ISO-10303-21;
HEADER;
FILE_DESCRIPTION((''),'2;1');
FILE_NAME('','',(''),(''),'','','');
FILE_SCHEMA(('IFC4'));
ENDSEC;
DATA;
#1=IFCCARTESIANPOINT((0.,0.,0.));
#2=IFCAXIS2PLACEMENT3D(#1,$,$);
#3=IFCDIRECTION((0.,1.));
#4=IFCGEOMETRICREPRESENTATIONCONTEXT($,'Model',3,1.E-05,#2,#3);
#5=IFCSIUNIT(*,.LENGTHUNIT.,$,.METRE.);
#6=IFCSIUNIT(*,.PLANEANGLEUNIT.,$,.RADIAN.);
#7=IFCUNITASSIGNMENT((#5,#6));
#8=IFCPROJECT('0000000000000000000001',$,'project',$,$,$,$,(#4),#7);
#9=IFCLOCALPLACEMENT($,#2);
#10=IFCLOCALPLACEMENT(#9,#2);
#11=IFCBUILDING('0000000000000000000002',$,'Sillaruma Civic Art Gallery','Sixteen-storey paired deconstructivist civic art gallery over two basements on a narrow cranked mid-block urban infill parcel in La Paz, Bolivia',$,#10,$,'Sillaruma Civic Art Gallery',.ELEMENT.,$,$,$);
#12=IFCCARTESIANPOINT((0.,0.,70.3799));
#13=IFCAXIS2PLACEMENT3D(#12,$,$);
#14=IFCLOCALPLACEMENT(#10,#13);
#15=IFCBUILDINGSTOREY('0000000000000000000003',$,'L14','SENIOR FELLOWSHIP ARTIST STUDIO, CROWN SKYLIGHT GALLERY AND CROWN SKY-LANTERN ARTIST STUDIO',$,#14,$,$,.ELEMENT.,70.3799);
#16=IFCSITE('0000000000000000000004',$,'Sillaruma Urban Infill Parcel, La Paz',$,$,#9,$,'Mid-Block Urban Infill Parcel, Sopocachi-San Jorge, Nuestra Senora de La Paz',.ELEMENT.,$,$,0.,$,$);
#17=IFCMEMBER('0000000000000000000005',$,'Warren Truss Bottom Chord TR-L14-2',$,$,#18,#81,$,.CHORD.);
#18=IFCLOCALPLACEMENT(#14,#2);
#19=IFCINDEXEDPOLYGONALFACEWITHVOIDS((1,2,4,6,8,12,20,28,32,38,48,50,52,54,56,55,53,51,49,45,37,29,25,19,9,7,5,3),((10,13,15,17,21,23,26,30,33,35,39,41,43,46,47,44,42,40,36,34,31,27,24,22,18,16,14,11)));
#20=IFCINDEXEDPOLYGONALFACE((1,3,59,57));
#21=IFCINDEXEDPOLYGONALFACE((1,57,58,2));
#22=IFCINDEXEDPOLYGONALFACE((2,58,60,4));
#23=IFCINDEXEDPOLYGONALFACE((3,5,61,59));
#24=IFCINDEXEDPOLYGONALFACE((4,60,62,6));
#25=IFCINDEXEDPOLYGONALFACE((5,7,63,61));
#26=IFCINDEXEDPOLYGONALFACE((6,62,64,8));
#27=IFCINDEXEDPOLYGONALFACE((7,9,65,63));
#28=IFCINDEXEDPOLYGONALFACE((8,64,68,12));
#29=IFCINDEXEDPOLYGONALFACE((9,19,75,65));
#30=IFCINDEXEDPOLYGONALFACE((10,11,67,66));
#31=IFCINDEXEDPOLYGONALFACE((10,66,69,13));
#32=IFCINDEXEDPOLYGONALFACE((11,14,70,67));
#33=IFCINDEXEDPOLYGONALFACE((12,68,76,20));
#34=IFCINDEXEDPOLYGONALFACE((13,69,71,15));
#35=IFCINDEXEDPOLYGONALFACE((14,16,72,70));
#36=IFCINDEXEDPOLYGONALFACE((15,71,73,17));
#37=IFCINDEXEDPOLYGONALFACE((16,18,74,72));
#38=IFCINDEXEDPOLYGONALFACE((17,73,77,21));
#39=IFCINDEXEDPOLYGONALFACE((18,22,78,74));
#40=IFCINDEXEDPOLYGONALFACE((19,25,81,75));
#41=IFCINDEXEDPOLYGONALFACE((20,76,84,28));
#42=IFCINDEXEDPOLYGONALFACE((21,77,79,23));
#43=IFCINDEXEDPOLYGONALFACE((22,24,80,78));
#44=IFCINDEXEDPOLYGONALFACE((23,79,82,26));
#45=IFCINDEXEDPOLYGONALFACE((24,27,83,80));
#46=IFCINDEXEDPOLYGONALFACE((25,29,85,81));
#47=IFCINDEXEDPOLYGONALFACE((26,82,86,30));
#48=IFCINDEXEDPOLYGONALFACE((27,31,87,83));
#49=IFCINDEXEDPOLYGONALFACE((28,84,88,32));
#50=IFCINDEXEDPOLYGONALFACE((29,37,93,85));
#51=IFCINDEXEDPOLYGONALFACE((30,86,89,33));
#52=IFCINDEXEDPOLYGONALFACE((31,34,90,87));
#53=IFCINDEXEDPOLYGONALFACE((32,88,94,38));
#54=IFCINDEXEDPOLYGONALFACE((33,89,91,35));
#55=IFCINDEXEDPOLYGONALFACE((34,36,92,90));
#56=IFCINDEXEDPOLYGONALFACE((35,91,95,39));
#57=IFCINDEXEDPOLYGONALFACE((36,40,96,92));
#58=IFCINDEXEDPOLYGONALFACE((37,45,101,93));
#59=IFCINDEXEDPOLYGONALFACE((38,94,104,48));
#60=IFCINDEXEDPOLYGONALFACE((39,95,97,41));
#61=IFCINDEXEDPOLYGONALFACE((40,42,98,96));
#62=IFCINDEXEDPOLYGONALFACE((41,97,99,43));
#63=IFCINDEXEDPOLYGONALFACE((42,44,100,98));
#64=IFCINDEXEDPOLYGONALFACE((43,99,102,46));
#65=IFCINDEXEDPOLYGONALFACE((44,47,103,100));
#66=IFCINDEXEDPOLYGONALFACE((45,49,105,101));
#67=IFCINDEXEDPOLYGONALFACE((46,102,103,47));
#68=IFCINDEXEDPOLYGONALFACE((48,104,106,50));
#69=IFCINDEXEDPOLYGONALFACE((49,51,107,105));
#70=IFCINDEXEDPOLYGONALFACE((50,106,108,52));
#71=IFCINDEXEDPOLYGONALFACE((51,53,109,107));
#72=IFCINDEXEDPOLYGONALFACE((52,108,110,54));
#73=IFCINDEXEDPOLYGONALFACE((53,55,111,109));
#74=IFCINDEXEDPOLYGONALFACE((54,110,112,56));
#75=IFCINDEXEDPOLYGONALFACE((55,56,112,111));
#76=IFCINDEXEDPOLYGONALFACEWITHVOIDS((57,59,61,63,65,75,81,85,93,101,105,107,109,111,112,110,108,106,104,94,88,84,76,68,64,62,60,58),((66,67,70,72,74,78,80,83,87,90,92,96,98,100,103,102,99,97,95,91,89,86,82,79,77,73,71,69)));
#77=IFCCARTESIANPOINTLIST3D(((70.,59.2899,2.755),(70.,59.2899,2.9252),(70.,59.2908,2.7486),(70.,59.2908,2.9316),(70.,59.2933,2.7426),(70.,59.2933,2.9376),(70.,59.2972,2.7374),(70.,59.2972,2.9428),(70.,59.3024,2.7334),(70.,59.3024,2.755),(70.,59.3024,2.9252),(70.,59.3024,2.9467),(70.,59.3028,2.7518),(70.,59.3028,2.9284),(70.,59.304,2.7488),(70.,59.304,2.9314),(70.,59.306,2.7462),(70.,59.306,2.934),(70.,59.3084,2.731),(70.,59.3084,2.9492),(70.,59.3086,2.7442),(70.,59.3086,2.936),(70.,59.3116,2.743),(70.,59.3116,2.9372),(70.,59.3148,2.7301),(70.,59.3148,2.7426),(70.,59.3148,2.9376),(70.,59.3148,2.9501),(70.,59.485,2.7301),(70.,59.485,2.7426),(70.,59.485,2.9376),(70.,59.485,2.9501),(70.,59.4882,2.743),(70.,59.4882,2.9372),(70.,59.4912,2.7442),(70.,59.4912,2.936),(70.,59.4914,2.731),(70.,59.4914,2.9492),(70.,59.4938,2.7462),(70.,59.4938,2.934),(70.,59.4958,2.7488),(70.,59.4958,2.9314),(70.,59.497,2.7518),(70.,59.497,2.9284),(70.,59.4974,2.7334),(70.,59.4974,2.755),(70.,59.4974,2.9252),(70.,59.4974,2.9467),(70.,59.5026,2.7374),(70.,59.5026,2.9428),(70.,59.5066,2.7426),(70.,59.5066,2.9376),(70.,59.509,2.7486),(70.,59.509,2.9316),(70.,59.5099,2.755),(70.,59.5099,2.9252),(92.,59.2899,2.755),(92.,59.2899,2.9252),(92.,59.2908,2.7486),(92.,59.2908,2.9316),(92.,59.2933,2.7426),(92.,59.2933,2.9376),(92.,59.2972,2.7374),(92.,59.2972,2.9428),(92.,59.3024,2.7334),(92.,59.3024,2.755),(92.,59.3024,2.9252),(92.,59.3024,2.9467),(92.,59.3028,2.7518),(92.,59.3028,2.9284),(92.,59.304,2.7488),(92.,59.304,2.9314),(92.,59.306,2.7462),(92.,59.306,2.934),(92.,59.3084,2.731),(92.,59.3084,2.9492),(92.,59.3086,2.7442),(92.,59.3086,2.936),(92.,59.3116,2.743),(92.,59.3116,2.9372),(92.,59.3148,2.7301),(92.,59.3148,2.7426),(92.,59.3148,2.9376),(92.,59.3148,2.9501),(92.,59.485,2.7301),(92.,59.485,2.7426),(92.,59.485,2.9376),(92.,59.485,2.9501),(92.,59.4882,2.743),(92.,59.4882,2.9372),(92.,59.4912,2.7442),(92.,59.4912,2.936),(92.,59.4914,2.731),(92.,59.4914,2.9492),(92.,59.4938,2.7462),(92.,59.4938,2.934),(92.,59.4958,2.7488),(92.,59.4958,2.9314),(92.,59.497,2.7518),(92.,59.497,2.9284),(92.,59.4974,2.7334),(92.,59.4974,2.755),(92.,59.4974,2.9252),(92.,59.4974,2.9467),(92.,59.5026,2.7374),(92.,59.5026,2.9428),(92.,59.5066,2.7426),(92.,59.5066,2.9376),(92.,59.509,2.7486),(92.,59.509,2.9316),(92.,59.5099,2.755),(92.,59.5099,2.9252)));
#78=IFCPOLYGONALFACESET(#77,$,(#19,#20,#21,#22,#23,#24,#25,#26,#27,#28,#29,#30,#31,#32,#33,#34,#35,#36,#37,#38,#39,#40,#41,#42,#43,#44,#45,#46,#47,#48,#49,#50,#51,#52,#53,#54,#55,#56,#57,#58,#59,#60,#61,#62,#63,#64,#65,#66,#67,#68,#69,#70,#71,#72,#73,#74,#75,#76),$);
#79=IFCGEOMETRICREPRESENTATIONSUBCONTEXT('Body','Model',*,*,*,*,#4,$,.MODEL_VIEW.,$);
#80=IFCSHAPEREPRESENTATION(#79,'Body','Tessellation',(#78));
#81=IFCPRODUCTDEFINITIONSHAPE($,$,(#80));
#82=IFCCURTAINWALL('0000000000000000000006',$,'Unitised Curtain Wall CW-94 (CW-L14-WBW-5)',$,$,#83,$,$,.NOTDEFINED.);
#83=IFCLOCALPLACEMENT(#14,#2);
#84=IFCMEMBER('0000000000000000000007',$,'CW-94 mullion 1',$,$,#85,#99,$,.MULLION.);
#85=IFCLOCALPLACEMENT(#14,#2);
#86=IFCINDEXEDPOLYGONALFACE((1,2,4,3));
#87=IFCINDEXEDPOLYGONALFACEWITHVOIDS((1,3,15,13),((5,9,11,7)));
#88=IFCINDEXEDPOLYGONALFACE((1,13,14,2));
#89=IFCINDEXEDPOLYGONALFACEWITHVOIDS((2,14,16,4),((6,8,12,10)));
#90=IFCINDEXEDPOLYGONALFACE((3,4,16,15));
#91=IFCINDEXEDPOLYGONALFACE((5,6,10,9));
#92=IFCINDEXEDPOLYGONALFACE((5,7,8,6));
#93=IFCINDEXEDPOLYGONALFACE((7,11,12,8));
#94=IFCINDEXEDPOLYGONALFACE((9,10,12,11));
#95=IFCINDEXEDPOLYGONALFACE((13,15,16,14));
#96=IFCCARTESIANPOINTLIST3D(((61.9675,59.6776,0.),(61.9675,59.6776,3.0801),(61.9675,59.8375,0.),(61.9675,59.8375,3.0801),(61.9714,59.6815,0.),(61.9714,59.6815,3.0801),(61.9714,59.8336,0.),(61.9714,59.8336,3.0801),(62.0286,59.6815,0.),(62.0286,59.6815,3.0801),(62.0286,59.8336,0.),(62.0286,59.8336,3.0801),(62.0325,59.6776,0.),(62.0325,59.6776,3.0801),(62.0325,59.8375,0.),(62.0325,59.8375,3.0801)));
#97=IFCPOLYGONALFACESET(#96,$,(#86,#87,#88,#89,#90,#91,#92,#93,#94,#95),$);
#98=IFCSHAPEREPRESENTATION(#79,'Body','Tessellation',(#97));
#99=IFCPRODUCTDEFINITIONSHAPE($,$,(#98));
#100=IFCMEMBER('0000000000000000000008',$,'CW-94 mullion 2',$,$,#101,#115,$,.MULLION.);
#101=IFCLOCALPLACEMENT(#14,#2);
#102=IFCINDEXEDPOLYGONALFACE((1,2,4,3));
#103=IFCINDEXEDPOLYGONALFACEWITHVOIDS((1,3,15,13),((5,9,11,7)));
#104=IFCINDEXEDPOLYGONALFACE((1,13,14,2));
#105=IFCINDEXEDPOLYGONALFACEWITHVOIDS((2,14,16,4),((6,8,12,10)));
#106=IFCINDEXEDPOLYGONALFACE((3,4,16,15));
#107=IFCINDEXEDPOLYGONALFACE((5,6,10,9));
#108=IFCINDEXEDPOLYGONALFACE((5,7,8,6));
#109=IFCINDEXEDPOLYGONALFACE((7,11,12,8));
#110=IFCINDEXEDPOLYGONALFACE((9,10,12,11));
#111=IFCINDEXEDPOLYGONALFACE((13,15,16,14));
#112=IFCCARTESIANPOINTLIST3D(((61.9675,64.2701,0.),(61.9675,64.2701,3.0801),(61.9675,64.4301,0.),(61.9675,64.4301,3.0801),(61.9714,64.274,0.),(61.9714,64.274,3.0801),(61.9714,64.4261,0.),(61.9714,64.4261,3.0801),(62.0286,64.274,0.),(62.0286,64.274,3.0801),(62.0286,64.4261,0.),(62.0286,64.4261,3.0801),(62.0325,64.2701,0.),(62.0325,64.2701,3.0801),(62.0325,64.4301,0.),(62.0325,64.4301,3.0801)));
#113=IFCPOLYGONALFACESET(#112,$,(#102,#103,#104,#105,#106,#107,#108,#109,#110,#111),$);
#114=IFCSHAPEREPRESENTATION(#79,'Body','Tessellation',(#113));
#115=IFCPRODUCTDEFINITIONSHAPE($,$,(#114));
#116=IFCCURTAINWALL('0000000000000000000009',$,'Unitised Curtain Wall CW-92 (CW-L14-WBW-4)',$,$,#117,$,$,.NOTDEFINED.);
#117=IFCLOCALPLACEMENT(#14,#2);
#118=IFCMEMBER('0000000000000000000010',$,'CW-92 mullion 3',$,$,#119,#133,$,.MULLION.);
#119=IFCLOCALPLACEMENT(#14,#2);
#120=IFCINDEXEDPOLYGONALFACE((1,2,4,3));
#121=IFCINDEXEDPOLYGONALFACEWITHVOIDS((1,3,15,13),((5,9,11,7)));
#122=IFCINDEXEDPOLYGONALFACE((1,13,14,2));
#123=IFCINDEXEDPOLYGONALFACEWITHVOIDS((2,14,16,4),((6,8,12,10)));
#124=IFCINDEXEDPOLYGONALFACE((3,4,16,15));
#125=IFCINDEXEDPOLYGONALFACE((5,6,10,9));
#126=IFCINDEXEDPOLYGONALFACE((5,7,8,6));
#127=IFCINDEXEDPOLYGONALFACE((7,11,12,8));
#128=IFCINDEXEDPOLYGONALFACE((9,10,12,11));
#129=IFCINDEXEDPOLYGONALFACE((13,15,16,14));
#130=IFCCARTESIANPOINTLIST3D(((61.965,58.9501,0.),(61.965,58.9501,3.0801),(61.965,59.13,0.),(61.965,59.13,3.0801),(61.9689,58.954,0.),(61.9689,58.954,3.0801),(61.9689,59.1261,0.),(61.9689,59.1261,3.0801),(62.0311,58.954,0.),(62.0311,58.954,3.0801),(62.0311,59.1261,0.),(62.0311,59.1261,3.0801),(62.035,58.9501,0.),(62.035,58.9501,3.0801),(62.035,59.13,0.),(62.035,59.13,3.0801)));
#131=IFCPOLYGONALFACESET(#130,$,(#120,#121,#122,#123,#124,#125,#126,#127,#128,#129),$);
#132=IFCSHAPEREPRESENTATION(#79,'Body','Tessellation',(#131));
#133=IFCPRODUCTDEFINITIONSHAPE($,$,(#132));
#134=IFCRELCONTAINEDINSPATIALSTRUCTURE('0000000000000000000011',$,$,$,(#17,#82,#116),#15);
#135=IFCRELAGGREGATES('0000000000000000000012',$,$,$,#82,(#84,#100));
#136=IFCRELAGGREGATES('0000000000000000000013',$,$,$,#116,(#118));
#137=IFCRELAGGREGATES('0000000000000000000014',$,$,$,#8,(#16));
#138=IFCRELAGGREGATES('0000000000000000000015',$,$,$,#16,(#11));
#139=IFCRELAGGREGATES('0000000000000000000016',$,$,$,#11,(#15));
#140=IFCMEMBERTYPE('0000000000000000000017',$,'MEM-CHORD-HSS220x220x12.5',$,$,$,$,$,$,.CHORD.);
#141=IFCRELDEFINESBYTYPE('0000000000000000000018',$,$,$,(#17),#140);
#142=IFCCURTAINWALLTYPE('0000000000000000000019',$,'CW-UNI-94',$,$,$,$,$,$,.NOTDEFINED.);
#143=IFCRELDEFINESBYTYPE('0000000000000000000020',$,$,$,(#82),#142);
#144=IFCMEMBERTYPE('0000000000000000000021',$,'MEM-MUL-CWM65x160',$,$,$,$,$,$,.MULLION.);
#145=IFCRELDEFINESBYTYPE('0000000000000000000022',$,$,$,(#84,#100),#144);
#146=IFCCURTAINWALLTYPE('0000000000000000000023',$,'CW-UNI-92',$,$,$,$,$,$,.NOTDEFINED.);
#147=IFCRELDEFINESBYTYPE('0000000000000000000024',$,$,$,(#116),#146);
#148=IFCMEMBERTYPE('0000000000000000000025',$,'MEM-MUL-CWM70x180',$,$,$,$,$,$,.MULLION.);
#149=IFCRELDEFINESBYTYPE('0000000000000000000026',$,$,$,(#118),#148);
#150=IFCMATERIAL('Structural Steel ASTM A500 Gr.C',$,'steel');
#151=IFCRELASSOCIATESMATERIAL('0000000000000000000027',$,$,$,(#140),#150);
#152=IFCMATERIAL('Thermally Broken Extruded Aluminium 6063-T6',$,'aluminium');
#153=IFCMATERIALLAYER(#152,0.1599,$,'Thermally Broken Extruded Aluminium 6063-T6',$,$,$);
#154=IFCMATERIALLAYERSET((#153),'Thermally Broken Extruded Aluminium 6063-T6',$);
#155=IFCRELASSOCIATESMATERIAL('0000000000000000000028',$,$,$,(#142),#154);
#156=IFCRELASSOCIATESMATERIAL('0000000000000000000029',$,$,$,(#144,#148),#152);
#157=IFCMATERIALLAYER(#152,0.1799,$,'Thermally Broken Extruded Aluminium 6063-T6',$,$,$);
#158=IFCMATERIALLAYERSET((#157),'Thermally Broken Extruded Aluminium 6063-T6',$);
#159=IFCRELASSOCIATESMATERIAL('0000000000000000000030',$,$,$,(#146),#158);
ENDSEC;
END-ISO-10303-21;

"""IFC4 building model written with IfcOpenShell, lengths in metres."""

from ifc_helpers import new_model, si_unit, direction, frame, origin, origin_2d, place, context, subcontext, project, spatial, hollow_rectangle, extrude, material, layer, layer_set, material_profile, profile_set, type_object, element, aggregate, save


model = new_model("IFC4")

# Units and contexts
model_context = context("Model", 3, precision=1e-05, world=origin(), true_north=direction((0.0, 1.0)))
body_context = subcontext(model_context, "Body", "Model", "MODEL_VIEW")
ifc_project = project(units=[si_unit("LENGTHUNIT", "METRE"), si_unit("PLANEANGLEUNIT", "RADIAN")], contexts=[model_context])

# Site, building, storey
site_placement = place(None, origin())
site = spatial("IfcSite", under=ifc_project, at=site_placement, Name="Sillaruma Urban Infill Parcel, La Paz", LongName="Mid-Block Urban Infill Parcel, Sopocachi-San Jorge, Nuestra Senora de La Paz", CompositionType="ELEMENT", RefElevation=0.0)
building_placement = place(site_placement, origin())
building = spatial("IfcBuilding", under=site, at=building_placement, Name="Sillaruma Civic Art Gallery", Description="Sixteen-storey paired deconstructivist civic art gallery over two basements on a narrow cranked mid-block urban infill parcel in La Paz, Bolivia", LongName="Sillaruma Civic Art Gallery", CompositionType="ELEMENT")
storey_placement = place(building_placement, frame((0.0, 0.0, 70.3799)))
storey = spatial("IfcBuildingStorey", under=building, at=storey_placement, Name="L14", Description="SENIOR FELLOWSHIP ARTIST STUDIO, CROWN SKYLIGHT GALLERY AND CROWN SKY-LANTERN ARTIST STUDIO", CompositionType="ELEMENT", Elevation=70.3799)

# Member
ifc_material_1 = material(Name="Structural Steel ASTM A500 Gr.C", Category="steel")
ifc_material_profile_1 = material_profile(ifc_material_1, hollow_rectangle(XDim=0.22, YDim=0.22, WallThickness=0.0125, InnerFilletRadius=0.0125, OuterFilletRadius=0.0249, at=origin_2d()), Name="HSS220x220x12.5")
ifc_profile_set_1 = profile_set([ifc_material_profile_1], Name="Structural Steel ASTM A500 Gr.C")
member_type_1 = type_object("IfcMemberType", Name="MEM-CHORD-HSS220x220x12.5", PredefinedType="CHORD", material=ifc_profile_set_1)
member_1_placement = place(storey_placement, frame((70.0, 59.3999, 2.8401), z_axis=(1.0, 0.0, 0.0), x_axis=(0.0, 1.0, 0.0)))
element("IfcMember", 1, at=member_1_placement, inside=storey, type_object=member_type_1, Name="Warren Truss Bottom Chord TR-L14-2", PredefinedType="CHORD", context=body_context, shape_type="SweptSolid", body=[
    extrude(hollow_rectangle(XDim=0.22, YDim=0.22, WallThickness=0.0125, InnerFilletRadius=0.0125, OuterFilletRadius=0.0249, at=origin_2d()), origin(), (0.0, 0.0, 1.0), 22.0),
])

# Curtain wall, members
ifc_material_2 = material(Name="Thermally Broken Extruded Aluminium 6063-T6", Category="aluminium")
ifc_layer_1 = layer(ifc_material_2, 0.1599, Name="Thermally Broken Extruded Aluminium 6063-T6")
ifc_layer_set_1 = layer_set([ifc_layer_1], Name="Thermally Broken Extruded Aluminium 6063-T6")
curtain_wall_type_1 = type_object("IfcCurtainWallType", Name="CW-UNI-94", PredefinedType="NOTDEFINED", material=ifc_layer_set_1)
curtain_wall_1_placement = place(storey_placement, origin())
curtain_wall_1 = element("IfcCurtainWall", 2, at=curtain_wall_1_placement, inside=storey, type_object=curtain_wall_type_1, Name="Unitised Curtain Wall CW-94 (CW-L14-WBW-5)", PredefinedType="NOTDEFINED")
ifc_material_profile_2 = material_profile(ifc_material_2, hollow_rectangle(XDim=0.0649, YDim=0.1599, WallThickness=0.0039, at=origin_2d()), Name="CWM65x160")
ifc_profile_set_2 = profile_set([ifc_material_profile_2], Name="Thermally Broken Extruded Aluminium 6063-T6")
member_type_2 = type_object("IfcMemberType", Name="MEM-MUL-CWM65x160", PredefinedType="MULLION", material=ifc_profile_set_2)
member_2_placement = place(storey_placement, frame((62.0, 59.7576, 0.0), z_axis=(0.0, 0.0, 1.0), x_axis=(-1.0, 0.0, 0.0)))
member_2 = element("IfcMember", 3, at=member_2_placement, type_object=member_type_2, Name="CW-94 mullion 1", PredefinedType="MULLION", context=body_context, shape_type="SweptSolid", body=[
    extrude(hollow_rectangle(XDim=0.0649, YDim=0.1599, WallThickness=0.0039, at=origin_2d()), origin(), (0.0, 0.0, 1.0), 3.0801),
])
member_3_placement = place(storey_placement, frame((62.0, 64.3501, 0.0), z_axis=(0.0, 0.0, 1.0), x_axis=(-1.0, 0.0, 0.0)))
member_3 = element("IfcMember", 4, at=member_3_placement, type_object=member_type_2, Name="CW-94 mullion 2", PredefinedType="MULLION", context=body_context, shape_type="SweptSolid", body=[
    extrude(hollow_rectangle(XDim=0.0649, YDim=0.1599, WallThickness=0.0039, at=origin_2d()), origin(), (0.0, 0.0, 1.0), 3.0801),
])

# Curtain wall, member
ifc_layer_2 = layer(ifc_material_2, 0.1799, Name="Thermally Broken Extruded Aluminium 6063-T6")
ifc_layer_set_2 = layer_set([ifc_layer_2], Name="Thermally Broken Extruded Aluminium 6063-T6")
curtain_wall_type_2 = type_object("IfcCurtainWallType", Name="CW-UNI-92", PredefinedType="NOTDEFINED", material=ifc_layer_set_2)
curtain_wall_2_placement = place(storey_placement, origin())
curtain_wall_2 = element("IfcCurtainWall", 5, at=curtain_wall_2_placement, inside=storey, type_object=curtain_wall_type_2, Name="Unitised Curtain Wall CW-92 (CW-L14-WBW-4)", PredefinedType="NOTDEFINED")
ifc_material_profile_3 = material_profile(ifc_material_2, hollow_rectangle(XDim=0.0701, YDim=0.1799, WallThickness=0.0039, at=origin_2d()), Name="CWM70x180")
ifc_profile_set_3 = profile_set([ifc_material_profile_3], Name="Thermally Broken Extruded Aluminium 6063-T6")
member_type_3 = type_object("IfcMemberType", Name="MEM-MUL-CWM70x180", PredefinedType="MULLION", material=ifc_profile_set_3)
member_4_placement = place(storey_placement, frame((62.0, 59.04, 0.0), z_axis=(0.0, 0.0, 1.0), x_axis=(-1.0, 0.0, 0.0)))
member_4 = element("IfcMember", 6, at=member_4_placement, type_object=member_type_3, Name="CW-92 mullion 3", PredefinedType="MULLION", context=body_context, shape_type="SweptSolid", body=[
    extrude(hollow_rectangle(XDim=0.0701, YDim=0.1799, WallThickness=0.0039, at=origin_2d()), origin(), (0.0, 0.0, 1.0), 3.0801),
])

aggregate(curtain_wall_1, [member_2, member_3])
aggregate(curtain_wall_2, [member_4])

save(model, "model.ifc")
